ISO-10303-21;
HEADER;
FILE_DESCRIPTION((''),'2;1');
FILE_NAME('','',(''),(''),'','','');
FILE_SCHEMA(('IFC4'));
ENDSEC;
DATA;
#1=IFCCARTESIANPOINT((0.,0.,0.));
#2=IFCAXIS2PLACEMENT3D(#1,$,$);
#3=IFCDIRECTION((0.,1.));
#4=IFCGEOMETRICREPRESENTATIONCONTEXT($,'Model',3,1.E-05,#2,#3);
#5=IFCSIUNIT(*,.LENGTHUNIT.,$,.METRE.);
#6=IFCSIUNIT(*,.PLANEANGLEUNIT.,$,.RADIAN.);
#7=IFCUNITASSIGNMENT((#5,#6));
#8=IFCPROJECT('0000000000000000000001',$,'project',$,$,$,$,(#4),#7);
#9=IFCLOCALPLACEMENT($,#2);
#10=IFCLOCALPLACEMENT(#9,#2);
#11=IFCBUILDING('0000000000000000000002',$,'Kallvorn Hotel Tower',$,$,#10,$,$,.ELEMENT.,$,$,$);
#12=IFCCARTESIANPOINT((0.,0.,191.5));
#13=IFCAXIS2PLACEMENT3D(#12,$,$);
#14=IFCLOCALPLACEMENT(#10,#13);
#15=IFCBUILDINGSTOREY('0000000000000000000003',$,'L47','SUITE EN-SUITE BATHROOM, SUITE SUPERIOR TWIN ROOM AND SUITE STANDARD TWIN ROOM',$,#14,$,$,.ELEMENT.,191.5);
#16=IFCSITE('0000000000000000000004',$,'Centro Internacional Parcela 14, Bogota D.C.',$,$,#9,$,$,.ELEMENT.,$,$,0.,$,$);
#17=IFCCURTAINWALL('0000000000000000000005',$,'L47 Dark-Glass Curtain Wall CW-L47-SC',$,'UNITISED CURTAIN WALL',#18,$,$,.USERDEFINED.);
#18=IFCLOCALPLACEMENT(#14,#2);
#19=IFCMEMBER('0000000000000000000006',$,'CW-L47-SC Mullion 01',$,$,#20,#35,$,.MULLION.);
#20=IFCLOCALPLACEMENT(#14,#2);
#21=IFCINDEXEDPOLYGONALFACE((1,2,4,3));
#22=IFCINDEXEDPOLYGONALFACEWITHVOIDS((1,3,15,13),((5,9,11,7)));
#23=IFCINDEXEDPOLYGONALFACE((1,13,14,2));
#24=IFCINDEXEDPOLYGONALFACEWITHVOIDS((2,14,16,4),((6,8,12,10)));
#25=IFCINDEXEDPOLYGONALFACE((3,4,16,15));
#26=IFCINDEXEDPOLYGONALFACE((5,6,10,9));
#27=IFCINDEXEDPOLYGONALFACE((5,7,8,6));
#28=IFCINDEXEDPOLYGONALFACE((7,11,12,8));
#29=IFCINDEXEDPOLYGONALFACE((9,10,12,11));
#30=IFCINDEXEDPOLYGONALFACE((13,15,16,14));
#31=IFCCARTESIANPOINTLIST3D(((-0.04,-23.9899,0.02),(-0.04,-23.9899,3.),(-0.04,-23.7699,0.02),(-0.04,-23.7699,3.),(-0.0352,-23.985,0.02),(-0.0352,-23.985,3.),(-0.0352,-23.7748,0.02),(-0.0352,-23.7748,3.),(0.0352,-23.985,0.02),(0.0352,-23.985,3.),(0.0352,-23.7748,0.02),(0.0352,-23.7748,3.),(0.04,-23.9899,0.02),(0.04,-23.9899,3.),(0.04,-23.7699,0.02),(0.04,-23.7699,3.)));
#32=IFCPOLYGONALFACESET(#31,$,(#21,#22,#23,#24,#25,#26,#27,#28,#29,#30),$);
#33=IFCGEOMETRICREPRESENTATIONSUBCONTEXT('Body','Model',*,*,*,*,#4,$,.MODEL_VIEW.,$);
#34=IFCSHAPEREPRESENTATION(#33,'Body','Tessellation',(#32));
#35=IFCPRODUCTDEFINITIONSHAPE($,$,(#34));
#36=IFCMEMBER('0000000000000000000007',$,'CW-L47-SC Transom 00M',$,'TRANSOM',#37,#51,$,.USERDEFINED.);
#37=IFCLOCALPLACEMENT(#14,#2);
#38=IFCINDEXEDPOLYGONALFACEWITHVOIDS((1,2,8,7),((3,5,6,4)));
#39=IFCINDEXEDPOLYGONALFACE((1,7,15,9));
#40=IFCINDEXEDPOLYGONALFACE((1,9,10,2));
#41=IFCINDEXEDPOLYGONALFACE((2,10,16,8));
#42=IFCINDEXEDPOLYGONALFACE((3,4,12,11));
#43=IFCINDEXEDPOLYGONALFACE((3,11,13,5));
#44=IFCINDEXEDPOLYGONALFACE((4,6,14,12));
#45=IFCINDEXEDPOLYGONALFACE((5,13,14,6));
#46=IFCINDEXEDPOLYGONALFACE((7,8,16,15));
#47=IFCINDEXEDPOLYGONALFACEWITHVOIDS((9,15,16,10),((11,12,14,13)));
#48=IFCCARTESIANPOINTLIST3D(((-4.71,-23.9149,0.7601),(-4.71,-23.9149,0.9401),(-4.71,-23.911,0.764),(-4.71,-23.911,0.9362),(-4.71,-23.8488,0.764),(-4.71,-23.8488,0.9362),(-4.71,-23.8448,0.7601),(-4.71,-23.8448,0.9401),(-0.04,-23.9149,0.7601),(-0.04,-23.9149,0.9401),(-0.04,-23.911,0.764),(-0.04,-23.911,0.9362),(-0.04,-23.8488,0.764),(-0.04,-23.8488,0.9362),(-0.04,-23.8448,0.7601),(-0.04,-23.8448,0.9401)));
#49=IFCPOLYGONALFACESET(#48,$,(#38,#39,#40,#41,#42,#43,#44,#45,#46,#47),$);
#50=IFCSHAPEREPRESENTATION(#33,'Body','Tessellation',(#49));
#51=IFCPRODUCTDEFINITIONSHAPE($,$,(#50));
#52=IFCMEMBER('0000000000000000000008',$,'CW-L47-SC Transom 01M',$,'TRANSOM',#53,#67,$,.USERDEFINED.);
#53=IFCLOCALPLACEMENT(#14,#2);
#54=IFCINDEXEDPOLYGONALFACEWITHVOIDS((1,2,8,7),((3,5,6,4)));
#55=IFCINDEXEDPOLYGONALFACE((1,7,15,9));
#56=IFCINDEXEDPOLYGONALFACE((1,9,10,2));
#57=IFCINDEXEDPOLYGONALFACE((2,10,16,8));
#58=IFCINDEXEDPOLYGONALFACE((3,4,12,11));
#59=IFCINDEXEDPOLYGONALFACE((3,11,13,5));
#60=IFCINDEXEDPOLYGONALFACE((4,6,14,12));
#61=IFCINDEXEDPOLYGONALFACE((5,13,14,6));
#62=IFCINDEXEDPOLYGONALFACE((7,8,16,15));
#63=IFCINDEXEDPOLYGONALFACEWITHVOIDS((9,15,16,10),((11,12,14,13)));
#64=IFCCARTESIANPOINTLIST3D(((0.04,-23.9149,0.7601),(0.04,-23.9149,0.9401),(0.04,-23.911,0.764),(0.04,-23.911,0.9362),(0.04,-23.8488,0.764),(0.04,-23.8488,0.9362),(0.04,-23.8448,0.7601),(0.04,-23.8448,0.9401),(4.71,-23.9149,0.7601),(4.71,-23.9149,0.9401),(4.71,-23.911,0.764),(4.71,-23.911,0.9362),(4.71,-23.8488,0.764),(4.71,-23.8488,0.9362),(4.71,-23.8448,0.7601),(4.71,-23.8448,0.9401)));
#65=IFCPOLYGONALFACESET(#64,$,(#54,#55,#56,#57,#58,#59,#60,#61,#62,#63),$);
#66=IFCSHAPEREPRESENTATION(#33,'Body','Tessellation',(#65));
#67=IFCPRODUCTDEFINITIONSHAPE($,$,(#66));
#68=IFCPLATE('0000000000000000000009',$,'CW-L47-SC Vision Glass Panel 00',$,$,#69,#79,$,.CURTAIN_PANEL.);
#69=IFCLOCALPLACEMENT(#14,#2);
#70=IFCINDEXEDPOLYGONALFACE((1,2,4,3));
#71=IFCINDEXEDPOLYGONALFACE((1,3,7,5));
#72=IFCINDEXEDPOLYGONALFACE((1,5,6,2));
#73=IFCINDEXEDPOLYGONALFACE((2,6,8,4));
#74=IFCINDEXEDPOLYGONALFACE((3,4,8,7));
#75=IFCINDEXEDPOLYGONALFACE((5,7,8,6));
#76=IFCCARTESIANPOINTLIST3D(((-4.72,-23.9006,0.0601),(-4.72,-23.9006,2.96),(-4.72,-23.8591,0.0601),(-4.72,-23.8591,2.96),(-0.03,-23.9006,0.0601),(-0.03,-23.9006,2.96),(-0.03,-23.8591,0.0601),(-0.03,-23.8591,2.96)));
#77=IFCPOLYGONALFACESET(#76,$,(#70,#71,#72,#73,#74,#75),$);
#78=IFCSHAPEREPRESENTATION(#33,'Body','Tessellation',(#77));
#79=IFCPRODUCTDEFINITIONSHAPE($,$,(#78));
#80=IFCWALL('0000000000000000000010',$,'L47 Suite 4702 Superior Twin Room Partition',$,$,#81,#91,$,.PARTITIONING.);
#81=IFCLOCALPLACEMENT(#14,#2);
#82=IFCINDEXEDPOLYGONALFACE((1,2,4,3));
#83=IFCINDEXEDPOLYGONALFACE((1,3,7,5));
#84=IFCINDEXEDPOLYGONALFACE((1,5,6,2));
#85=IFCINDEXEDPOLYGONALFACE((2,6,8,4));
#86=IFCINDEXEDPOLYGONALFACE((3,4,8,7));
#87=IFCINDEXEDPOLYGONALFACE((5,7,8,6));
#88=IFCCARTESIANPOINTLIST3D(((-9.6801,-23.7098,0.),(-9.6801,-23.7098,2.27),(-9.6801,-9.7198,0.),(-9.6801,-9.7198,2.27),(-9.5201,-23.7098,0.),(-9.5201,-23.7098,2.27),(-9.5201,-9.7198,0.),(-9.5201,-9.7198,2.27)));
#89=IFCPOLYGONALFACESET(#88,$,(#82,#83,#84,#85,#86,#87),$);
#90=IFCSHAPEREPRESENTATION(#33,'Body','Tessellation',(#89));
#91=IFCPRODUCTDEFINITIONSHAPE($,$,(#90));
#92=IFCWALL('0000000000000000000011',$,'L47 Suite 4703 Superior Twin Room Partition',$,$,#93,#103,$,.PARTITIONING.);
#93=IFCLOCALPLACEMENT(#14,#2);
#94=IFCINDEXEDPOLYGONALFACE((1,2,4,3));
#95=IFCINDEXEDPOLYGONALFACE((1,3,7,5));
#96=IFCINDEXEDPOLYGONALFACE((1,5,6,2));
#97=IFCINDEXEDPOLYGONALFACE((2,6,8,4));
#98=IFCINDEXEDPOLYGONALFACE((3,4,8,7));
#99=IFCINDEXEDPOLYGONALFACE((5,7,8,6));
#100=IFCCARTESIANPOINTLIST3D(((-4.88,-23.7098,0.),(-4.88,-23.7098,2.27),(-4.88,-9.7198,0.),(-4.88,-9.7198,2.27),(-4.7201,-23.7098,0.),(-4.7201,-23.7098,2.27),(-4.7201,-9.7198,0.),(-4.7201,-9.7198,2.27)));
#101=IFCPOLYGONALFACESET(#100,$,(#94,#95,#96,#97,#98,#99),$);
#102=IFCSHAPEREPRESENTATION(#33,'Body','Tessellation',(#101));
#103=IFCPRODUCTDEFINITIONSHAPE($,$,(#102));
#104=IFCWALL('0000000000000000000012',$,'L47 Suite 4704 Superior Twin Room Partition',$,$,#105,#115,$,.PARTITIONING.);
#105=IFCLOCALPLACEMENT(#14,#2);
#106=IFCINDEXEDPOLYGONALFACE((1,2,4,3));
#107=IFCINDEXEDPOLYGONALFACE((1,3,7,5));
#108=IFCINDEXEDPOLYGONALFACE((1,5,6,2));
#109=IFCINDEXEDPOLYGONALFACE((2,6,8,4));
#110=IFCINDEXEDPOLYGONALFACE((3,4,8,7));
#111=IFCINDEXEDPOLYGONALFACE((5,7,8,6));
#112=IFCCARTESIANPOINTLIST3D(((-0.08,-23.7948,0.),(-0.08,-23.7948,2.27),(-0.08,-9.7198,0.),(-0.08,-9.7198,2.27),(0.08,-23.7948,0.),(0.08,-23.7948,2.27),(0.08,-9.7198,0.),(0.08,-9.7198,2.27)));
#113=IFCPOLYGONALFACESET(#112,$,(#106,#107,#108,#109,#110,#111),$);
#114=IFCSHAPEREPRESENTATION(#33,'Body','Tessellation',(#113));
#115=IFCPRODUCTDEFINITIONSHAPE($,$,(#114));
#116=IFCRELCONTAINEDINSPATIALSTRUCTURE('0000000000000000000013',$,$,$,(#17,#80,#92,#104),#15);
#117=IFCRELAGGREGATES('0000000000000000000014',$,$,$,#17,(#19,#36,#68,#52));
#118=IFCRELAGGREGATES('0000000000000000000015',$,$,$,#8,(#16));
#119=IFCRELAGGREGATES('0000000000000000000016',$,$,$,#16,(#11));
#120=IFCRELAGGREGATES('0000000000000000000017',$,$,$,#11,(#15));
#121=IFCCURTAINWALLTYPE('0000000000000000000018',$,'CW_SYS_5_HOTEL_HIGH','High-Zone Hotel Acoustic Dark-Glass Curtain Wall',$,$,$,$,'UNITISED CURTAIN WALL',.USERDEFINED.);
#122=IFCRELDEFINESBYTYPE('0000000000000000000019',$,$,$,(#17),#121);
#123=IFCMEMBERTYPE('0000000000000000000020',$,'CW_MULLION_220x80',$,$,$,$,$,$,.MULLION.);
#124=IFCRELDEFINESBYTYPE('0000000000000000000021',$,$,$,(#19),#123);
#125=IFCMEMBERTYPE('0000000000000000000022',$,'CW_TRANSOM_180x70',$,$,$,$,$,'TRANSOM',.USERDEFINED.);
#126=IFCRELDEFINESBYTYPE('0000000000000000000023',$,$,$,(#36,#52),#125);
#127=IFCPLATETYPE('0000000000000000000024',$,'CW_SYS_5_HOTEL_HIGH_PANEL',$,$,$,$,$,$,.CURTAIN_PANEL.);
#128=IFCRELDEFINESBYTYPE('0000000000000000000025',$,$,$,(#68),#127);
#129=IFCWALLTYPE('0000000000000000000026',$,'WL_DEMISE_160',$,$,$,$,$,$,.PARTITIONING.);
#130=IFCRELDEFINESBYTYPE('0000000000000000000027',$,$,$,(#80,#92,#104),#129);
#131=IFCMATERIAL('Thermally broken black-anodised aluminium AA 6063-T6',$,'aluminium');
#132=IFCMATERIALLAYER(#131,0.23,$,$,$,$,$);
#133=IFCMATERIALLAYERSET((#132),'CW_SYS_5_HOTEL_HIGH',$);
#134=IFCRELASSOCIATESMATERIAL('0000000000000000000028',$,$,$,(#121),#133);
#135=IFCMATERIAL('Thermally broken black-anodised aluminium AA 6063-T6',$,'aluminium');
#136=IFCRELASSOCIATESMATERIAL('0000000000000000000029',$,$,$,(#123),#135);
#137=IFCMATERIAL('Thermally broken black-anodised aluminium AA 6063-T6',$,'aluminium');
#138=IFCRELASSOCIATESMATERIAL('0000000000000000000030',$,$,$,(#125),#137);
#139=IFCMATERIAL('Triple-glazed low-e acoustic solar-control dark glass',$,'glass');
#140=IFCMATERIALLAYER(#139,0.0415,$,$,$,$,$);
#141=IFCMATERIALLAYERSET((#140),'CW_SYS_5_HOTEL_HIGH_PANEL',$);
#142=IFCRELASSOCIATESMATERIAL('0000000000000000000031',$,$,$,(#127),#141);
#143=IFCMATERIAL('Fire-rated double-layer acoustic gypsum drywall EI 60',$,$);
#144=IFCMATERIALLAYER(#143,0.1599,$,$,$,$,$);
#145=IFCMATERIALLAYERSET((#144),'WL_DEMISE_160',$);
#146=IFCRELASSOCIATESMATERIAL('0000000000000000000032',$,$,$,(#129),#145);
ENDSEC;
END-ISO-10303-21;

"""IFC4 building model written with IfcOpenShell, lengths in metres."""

from ifc_helpers import new_model, si_unit, direction, frame, frame_2d, origin, origin_2d, place, context, subcontext, project, spatial, rectangle, hollow_rectangle, extrude, material, layer, layer_set, material_profile, profile_set, type_object, element, aggregate, save


model = new_model("IFC4")

# Units and contexts
model_context = context("Model", 3, precision=1e-05, world=origin(), true_north=direction((0.0, 1.0)))
body_context = subcontext(model_context, "Body", "Model", "MODEL_VIEW")
ifc_project = project(units=[si_unit("LENGTHUNIT", "METRE"), si_unit("PLANEANGLEUNIT", "RADIAN")], contexts=[model_context])

# Site, building, storey
site_placement = place(None, origin())
site = spatial("IfcSite", under=ifc_project, at=site_placement, Name="Centro Internacional Parcela 14, Bogota D.C.", CompositionType="ELEMENT", RefElevation=0.0)
building_placement = place(site_placement, origin())
building = spatial("IfcBuilding", under=site, at=building_placement, Name="Kallvorn Hotel Tower", CompositionType="ELEMENT")
storey_placement = place(building_placement, frame((0.0, 0.0, 191.5)))
storey = spatial("IfcBuildingStorey", under=building, at=storey_placement, Name="L47", Description="SUITE EN-SUITE BATHROOM, SUITE SUPERIOR TWIN ROOM AND SUITE STANDARD TWIN ROOM", CompositionType="ELEMENT", Elevation=191.5)

# Curtain wall, members, plate
ifc_material_1 = material(Name="Thermally broken black-anodised aluminium AA 6063-T6", Category="aluminium")
ifc_layer_1 = layer(ifc_material_1, 0.23)
ifc_layer_set_1 = layer_set([ifc_layer_1], Name="CW_SYS_5_HOTEL_HIGH")
curtain_wall_type = type_object("IfcCurtainWallType", Name="CW_SYS_5_HOTEL_HIGH", Description="High-Zone Hotel Acoustic Dark-Glass Curtain Wall", ElementType="UNITISED CURTAIN WALL", PredefinedType="USERDEFINED", material=ifc_layer_set_1)
curtain_wall_placement = place(storey_placement, origin())
curtain_wall = element("IfcCurtainWall", 1, at=curtain_wall_placement, inside=storey, type_object=curtain_wall_type, Name="L47 Dark-Glass Curtain Wall CW-L47-SC", ObjectType="UNITISED CURTAIN WALL", PredefinedType="USERDEFINED")
ifc_material_2 = material(Name="Thermally broken black-anodised aluminium AA 6063-T6", Category="aluminium")
ifc_material_profile_1 = material_profile(ifc_material_2, hollow_rectangle(XDim=0.0801, YDim=0.22, WallThickness=0.0049, at=origin_2d()), Name="MUL 220x80")
ifc_profile_set_1 = profile_set([ifc_material_profile_1], Name="Thermally broken black-anodised aluminium AA 6063-T6")
member_type_1 = type_object("IfcMemberType", Name="CW_MULLION_220x80", PredefinedType="MULLION", material=ifc_profile_set_1)
member_1_placement = place(storey_placement, frame((0.0, -23.8799, 0.02), z_axis=(0.0, 0.0, 1.0), x_axis=(1.0, 0.0, 0.0)))
member_1 = element("IfcMember", 2, at=member_1_placement, type_object=member_type_1, Name="CW-L47-SC Mullion 01", PredefinedType="MULLION", context=body_context, shape_type="SweptSolid", body=[
    extrude(hollow_rectangle(XDim=0.0801, YDim=0.22, WallThickness=0.0049, at=origin_2d()), origin(), (0.0, 0.0, 1.0), 2.98),
])
ifc_material_3 = material(Name="Thermally broken black-anodised aluminium AA 6063-T6", Category="aluminium")
ifc_material_profile_2 = material_profile(ifc_material_3, hollow_rectangle(XDim=0.0701, YDim=0.1799, WallThickness=0.0039, at=origin_2d()), Name="TRN 180x70")
ifc_profile_set_2 = profile_set([ifc_material_profile_2], Name="Thermally broken black-anodised aluminium AA 6063-T6")
member_type_2 = type_object("IfcMemberType", Name="CW_TRANSOM_180x70", ElementType="TRANSOM", PredefinedType="USERDEFINED", material=ifc_profile_set_2)
member_2_placement = place(storey_placement, frame((-4.71, -23.8799, 0.8501), z_axis=(1.0, 0.0, 0.0), x_axis=(0.0, 1.0, 0.0)))
member_2 = element("IfcMember", 3, at=member_2_placement, type_object=member_type_2, Name="CW-L47-SC Transom 00M", ObjectType="TRANSOM", PredefinedType="USERDEFINED", context=body_context, shape_type="SweptSolid", body=[
    extrude(hollow_rectangle(XDim=0.0701, YDim=0.1799, WallThickness=0.0039, at=origin_2d()), origin(), (0.0, 0.0, 1.0), 4.6699),
])
member_3_placement = place(storey_placement, frame((0.04, -23.8799, 0.8501), z_axis=(1.0, 0.0, 0.0), x_axis=(0.0, 1.0, 0.0)))
member_3 = element("IfcMember", 4, at=member_3_placement, type_object=member_type_2, Name="CW-L47-SC Transom 01M", ObjectType="TRANSOM", PredefinedType="USERDEFINED", context=body_context, shape_type="SweptSolid", body=[
    extrude(hollow_rectangle(XDim=0.0701, YDim=0.1799, WallThickness=0.0039, at=origin_2d()), origin(), (0.0, 0.0, 1.0), 4.6699),
])
ifc_material_4 = material(Name="Triple-glazed low-e acoustic solar-control dark glass", Category="glass")
ifc_layer_2 = layer(ifc_material_4, 0.0415)
ifc_layer_set_2 = layer_set([ifc_layer_2], Name="CW_SYS_5_HOTEL_HIGH_PANEL")
plate_type = type_object("IfcPlateType", Name="CW_SYS_5_HOTEL_HIGH_PANEL", PredefinedType="CURTAIN_PANEL", material=ifc_layer_set_2)
plate_placement = place(storey_placement, frame((-2.375, -23.8799, 0.0601), z_axis=(0.0, 0.0, 1.0), x_axis=(1.0, 0.0, 0.0)))
plate = element("IfcPlate", 5, at=plate_placement, type_object=plate_type, Name="CW-L47-SC Vision Glass Panel 00", PredefinedType="CURTAIN_PANEL", context=body_context, shape_type="SweptSolid", body=[
    extrude(rectangle(XDim=4.6899, YDim=0.0415, at=origin_2d()), origin(), (0.0, 0.0, 1.0), 2.8999),
])
aggregate(curtain_wall, [member_1, member_2, plate, member_3])

# Walls
ifc_material_5 = material(Name="Fire-rated double-layer acoustic gypsum drywall EI 60")
ifc_layer_3 = layer(ifc_material_5, 0.1599)
ifc_layer_set_3 = layer_set([ifc_layer_3], Name="WL_DEMISE_160")
wall_type = type_object("IfcWallType", Name="WL_DEMISE_160", PredefinedType="PARTITIONING", material=ifc_layer_set_3)
for number, where, z_axis, x_axis, name in (
    (6, (-9.6001, -23.71, 0.0), (0.0, 0.0, 1.0), (0.0, 1.0, 0.0), "L47 Suite 4702 Superior Twin Room Partition"),
    (7, (-4.8, -23.71, 0.0), (0.0, 0.0, 1.0), (0.0, 1.0, 0.0), "L47 Suite 4703 Superior Twin Room Partition"),
):
    element("IfcWall", number, at=place(storey_placement, frame(where, z_axis=z_axis, x_axis=x_axis)), inside=storey, type_object=wall_type, Name=name, PredefinedType="PARTITIONING", context=body_context, shape_type="SweptSolid", body=[
        extrude(rectangle(XDim=13.99, YDim=0.1599, at=frame_2d((6.9951, 0.0))), origin(), (0.0, 0.0, 1.0), 2.27),
    ])
wall_placement = place(storey_placement, frame((0.0, -23.7949, 0.0), z_axis=(0.0, 0.0, 1.0), x_axis=(0.0, 1.0, 0.0)))
element("IfcWall", 8, at=wall_placement, inside=storey, type_object=wall_type, Name="L47 Suite 4704 Superior Twin Room Partition", PredefinedType="PARTITIONING", context=body_context, shape_type="SweptSolid", body=[
    extrude(rectangle(XDim=14.075, YDim=0.1599, at=frame_2d((7.0376, 0.0))), origin(), (0.0, 0.0, 1.0), 2.27),
])

save(model, "model.ifc")
